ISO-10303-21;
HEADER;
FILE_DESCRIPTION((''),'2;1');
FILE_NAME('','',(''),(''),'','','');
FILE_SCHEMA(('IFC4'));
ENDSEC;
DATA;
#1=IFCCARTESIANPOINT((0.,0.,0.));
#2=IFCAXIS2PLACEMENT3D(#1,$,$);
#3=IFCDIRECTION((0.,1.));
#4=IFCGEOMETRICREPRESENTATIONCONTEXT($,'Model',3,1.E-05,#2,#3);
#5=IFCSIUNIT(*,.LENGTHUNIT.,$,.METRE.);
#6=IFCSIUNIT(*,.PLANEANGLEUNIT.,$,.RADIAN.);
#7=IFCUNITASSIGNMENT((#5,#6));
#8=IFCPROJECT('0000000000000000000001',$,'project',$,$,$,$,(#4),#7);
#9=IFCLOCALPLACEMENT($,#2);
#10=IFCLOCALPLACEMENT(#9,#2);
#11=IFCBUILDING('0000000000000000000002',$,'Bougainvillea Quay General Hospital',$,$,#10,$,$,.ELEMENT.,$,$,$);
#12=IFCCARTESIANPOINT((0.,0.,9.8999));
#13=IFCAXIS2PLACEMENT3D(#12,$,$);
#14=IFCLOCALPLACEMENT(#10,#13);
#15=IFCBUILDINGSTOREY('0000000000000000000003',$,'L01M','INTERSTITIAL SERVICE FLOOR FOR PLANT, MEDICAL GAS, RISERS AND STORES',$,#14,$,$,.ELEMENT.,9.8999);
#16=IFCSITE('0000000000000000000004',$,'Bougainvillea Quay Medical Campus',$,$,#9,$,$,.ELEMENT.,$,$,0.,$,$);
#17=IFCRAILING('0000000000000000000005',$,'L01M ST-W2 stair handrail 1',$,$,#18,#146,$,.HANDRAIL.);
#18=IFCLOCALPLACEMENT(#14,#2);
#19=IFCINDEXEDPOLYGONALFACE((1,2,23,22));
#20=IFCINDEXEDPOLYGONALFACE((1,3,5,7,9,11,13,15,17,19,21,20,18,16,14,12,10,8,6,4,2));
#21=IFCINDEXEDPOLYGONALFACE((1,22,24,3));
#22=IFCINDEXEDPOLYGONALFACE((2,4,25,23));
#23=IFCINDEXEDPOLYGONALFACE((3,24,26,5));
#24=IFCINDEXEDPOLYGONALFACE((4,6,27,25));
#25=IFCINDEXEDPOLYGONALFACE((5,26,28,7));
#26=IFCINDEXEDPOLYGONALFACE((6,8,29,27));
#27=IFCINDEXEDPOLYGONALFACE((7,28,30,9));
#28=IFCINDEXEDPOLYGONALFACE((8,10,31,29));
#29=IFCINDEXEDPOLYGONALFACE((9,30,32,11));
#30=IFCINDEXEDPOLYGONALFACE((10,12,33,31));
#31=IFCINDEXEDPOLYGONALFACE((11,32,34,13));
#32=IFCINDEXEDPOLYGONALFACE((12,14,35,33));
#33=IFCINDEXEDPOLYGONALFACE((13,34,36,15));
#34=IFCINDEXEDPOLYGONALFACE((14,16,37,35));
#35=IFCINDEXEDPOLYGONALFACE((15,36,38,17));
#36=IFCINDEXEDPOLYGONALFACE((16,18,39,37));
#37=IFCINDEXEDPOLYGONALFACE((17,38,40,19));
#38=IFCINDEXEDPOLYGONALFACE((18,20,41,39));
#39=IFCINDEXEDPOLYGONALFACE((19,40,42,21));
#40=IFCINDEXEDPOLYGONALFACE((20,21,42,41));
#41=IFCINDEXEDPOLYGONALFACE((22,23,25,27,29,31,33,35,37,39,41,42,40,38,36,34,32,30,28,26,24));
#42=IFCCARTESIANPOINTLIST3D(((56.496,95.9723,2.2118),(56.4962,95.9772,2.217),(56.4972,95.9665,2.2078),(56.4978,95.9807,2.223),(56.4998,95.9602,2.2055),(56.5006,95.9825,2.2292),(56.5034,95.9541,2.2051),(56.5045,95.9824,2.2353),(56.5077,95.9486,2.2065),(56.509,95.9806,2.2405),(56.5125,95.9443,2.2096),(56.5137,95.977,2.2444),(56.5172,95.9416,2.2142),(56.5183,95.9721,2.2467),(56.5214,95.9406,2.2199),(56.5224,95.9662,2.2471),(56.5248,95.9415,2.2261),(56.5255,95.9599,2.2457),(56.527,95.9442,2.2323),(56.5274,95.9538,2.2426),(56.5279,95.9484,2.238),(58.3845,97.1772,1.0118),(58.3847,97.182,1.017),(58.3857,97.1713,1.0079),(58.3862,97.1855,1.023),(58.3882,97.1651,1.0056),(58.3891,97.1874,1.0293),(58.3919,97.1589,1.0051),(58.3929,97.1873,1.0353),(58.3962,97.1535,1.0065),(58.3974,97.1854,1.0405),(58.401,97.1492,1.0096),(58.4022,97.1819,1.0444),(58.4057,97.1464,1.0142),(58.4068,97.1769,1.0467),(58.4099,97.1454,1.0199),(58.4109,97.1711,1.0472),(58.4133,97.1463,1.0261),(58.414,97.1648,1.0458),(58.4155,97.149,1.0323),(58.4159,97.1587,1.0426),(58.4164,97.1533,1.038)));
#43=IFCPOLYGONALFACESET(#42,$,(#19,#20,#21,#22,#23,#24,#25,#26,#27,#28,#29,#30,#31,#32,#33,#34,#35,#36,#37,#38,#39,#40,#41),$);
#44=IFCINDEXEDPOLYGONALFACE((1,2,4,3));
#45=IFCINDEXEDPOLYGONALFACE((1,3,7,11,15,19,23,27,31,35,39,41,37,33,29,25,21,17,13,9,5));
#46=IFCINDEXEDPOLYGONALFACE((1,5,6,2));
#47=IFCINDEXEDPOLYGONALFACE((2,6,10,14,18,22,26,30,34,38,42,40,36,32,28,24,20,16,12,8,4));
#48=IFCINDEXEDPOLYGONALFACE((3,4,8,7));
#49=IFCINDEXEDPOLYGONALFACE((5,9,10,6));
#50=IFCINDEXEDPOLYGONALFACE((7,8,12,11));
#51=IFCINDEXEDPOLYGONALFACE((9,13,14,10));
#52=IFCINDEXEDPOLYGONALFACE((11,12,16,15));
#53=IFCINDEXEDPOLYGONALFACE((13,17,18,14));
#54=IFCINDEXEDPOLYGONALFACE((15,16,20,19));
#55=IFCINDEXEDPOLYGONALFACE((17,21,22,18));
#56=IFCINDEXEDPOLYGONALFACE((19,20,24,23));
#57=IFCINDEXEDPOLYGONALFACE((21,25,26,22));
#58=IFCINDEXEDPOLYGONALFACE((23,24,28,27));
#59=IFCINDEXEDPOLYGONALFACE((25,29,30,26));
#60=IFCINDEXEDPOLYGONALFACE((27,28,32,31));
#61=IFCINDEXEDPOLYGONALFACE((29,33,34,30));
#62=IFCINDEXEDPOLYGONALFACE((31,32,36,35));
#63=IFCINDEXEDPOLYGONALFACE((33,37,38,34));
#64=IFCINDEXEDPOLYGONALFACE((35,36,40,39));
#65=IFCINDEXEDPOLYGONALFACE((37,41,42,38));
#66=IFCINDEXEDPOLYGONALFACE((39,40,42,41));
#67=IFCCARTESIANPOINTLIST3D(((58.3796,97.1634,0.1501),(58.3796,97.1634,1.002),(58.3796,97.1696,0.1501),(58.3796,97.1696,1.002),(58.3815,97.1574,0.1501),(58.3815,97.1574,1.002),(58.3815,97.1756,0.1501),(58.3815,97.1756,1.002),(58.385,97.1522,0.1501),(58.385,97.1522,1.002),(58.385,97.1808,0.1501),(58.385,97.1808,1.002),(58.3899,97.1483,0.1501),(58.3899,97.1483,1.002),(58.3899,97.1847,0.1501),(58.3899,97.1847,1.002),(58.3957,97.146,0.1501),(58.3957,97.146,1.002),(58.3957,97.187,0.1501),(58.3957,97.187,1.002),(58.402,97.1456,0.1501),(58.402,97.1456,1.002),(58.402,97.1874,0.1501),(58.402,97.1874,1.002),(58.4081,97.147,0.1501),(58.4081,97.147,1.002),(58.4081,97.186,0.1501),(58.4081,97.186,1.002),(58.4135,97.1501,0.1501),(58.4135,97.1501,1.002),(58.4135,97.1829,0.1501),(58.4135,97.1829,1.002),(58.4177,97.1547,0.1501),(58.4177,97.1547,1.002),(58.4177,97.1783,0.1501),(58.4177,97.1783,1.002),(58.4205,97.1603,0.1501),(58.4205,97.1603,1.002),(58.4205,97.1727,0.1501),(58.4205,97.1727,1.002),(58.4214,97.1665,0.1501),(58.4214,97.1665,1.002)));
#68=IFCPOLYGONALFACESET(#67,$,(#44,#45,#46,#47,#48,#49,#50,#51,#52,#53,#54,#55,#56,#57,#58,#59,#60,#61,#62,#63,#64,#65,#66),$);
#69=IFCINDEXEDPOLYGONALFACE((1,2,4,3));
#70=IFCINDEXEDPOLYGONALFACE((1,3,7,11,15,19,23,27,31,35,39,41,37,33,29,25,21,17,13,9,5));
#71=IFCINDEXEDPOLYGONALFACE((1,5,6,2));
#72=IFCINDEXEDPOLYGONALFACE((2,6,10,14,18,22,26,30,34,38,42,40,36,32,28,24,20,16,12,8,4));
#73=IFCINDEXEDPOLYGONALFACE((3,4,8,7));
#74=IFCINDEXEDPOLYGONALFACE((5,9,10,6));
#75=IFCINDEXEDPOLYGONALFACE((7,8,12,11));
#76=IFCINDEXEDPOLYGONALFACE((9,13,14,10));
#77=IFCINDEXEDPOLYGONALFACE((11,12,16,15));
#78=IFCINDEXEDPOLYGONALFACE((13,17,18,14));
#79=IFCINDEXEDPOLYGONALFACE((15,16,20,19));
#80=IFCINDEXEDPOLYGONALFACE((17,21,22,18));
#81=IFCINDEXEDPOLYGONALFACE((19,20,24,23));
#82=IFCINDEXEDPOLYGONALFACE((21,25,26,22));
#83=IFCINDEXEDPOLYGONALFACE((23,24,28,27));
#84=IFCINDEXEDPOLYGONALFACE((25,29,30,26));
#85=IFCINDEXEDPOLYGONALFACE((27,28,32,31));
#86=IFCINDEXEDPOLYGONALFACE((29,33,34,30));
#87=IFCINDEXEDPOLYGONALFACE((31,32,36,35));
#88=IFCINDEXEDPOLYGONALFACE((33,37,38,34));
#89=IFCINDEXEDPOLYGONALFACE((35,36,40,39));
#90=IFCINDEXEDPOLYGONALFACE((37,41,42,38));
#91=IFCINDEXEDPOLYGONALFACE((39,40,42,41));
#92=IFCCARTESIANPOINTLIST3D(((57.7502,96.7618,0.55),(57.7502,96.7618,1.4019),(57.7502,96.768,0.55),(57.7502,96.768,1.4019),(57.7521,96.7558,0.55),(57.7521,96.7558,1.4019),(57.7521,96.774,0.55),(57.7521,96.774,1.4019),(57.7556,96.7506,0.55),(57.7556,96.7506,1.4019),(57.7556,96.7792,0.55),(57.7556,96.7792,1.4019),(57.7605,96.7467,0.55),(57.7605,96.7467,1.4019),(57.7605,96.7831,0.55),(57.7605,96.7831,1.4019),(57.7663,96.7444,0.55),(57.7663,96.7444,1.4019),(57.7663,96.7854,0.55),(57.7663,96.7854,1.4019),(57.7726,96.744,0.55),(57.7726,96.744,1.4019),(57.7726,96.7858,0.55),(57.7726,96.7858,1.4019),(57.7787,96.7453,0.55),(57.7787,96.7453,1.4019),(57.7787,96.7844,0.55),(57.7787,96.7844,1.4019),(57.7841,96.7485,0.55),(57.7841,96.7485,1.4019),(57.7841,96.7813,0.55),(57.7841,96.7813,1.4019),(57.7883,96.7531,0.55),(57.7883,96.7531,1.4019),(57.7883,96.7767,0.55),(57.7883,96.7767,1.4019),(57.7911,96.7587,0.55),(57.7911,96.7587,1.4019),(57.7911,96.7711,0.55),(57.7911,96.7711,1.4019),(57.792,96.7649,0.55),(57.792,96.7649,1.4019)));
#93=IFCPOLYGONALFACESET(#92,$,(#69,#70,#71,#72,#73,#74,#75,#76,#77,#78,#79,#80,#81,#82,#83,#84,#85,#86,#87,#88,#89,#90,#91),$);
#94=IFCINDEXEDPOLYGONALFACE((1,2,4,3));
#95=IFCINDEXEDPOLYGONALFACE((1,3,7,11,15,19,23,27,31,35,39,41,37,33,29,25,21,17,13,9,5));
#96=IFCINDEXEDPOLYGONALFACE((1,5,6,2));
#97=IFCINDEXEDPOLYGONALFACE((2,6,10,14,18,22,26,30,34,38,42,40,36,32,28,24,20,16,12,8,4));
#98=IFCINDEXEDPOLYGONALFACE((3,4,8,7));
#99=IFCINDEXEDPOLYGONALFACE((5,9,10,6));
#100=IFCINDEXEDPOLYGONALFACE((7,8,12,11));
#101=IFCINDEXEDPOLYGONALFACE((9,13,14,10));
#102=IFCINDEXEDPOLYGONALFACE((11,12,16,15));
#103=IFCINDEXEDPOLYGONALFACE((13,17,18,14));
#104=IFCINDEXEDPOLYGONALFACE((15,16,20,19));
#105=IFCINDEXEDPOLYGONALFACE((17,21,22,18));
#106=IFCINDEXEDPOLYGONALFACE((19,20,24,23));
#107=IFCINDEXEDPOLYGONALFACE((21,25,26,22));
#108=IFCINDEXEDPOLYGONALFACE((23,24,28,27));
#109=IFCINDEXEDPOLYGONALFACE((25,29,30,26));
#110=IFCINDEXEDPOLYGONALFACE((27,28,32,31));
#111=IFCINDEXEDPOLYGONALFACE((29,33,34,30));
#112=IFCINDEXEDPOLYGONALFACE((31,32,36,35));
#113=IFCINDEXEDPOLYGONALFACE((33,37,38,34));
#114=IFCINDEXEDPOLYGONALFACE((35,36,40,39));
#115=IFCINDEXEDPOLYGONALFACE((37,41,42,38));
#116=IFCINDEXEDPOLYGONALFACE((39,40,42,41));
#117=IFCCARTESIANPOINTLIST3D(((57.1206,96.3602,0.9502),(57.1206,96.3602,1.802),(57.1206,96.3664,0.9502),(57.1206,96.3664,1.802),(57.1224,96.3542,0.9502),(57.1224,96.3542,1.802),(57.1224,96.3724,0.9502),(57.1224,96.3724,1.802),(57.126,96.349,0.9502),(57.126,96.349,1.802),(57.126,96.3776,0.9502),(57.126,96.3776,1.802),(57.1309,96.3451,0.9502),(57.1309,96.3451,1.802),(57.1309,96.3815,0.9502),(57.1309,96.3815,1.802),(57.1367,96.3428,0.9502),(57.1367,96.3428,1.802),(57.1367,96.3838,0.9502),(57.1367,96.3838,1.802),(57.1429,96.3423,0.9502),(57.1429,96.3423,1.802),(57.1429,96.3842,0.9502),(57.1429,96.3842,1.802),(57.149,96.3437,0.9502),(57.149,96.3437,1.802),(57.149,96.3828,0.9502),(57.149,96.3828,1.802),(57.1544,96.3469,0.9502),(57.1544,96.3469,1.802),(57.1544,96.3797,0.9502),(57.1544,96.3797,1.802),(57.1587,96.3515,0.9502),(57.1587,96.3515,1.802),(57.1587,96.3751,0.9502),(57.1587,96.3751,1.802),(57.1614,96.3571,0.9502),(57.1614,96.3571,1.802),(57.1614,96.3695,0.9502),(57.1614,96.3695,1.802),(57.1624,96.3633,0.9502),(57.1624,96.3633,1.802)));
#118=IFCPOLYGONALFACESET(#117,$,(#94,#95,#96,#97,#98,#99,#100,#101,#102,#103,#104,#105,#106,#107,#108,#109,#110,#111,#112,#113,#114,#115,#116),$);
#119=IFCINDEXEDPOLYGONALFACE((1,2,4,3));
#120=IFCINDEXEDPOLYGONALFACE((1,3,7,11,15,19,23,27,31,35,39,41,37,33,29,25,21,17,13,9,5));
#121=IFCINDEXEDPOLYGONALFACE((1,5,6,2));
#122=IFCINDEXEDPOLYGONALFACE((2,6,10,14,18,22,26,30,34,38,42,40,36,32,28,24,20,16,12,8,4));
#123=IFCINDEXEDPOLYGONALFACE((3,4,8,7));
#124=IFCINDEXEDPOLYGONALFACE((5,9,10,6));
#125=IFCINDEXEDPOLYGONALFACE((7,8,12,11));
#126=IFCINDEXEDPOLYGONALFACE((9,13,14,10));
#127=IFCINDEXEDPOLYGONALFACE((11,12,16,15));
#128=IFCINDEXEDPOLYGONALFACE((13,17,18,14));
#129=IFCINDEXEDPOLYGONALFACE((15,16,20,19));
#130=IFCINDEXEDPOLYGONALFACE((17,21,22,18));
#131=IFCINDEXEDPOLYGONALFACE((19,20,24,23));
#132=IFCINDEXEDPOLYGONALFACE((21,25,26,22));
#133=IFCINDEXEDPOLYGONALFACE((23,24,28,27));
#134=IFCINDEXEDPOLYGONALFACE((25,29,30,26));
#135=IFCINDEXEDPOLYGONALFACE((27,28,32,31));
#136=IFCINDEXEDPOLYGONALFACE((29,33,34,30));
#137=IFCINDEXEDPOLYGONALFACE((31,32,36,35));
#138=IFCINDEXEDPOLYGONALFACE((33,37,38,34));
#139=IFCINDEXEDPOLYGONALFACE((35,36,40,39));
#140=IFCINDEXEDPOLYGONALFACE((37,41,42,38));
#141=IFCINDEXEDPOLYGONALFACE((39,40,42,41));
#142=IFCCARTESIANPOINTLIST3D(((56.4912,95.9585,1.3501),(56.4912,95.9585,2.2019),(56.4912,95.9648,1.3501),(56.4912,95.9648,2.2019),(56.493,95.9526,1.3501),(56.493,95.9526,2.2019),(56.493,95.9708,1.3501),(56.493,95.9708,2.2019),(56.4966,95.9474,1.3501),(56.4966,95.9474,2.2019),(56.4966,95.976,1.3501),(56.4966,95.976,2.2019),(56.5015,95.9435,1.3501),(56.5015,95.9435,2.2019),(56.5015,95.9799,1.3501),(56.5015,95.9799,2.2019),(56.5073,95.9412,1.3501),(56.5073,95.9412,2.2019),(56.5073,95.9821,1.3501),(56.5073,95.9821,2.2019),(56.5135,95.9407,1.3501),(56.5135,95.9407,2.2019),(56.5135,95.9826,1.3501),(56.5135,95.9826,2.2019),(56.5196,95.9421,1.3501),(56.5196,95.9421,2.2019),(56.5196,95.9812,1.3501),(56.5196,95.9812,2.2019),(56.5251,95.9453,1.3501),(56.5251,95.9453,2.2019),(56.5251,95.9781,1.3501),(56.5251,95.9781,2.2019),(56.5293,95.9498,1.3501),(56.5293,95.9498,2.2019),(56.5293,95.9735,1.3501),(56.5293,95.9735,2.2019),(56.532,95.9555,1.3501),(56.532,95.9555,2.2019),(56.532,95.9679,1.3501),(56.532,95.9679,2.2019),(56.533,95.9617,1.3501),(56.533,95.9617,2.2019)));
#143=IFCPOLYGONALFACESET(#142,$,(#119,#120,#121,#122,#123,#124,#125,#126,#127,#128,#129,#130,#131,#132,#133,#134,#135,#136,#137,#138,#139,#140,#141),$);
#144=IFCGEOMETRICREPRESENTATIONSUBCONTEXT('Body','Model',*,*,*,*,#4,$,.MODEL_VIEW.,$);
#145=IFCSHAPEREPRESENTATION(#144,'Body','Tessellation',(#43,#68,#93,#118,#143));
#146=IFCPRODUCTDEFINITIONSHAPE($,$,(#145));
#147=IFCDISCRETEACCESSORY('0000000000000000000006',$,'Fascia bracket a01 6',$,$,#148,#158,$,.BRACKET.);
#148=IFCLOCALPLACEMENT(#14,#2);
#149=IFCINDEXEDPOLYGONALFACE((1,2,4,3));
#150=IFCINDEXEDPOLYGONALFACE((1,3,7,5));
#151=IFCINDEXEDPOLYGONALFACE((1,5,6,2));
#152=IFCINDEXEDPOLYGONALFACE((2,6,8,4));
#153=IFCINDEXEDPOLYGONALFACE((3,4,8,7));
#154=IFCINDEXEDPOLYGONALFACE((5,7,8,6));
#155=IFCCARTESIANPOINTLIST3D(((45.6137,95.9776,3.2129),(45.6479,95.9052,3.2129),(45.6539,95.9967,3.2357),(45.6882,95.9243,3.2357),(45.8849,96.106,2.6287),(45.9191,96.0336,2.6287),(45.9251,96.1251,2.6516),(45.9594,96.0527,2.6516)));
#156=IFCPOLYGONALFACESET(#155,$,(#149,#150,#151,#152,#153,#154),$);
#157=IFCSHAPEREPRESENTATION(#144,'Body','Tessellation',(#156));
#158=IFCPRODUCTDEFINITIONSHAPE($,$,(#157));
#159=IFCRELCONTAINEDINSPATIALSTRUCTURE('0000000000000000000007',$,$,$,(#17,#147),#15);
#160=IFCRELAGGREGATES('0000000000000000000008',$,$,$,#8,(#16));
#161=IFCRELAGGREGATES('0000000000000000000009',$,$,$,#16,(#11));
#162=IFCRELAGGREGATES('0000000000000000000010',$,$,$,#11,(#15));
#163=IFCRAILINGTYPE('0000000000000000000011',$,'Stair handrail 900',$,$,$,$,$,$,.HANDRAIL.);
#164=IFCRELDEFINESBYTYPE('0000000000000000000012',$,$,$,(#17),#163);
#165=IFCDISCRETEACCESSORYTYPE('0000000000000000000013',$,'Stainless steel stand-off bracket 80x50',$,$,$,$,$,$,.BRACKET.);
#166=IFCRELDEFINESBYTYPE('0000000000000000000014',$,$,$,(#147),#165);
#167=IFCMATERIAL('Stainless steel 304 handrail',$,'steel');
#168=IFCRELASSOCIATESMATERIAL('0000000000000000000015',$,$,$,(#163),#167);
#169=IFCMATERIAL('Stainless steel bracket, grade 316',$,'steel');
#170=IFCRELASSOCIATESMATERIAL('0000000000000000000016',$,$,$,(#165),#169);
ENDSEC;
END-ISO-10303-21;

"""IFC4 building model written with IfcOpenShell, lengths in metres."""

from ifc_helpers import new_model, si_unit, direction, frame, origin, origin_2d, place, context, subcontext, project, spatial, rectangle, circle, extrude, material, material_profile, profile_set, type_object, element, save


model = new_model("IFC4")

# Units and contexts
model_context = context("Model", 3, precision=1e-05, world=origin(), true_north=direction((0.0, 1.0)))
body_context = subcontext(model_context, "Body", "Model", "MODEL_VIEW")
ifc_project = project(units=[si_unit("LENGTHUNIT", "METRE"), si_unit("PLANEANGLEUNIT", "RADIAN")], contexts=[model_context])

# Site, building, storey
site_placement = place(None, origin())
site = spatial("IfcSite", under=ifc_project, at=site_placement, Name="Bougainvillea Quay Medical Campus", CompositionType="ELEMENT", RefElevation=0.0)
building_placement = place(site_placement, origin())
building = spatial("IfcBuilding", under=site, at=building_placement, Name="Bougainvillea Quay General Hospital", CompositionType="ELEMENT")
storey_placement = place(building_placement, frame((0.0, 0.0, 9.8999)))
storey = spatial("IfcBuildingStorey", under=building, at=storey_placement, Name="L01M", Description="INTERSTITIAL SERVICE FLOOR FOR PLANT, MEDICAL GAS, RISERS AND STORES", CompositionType="ELEMENT", Elevation=9.8999)

# Railing
ifc_material_1 = material(Name="Stainless steel 304 handrail", Category="steel")
railing_type = type_object("IfcRailingType", Name="Stair handrail 900", PredefinedType="HANDRAIL", material=ifc_material_1)
railing_placement = place(storey_placement, frame((58.4004, 97.1665, 0.1501)))
element("IfcRailing", 1, at=railing_placement, inside=storey, type_object=railing_type, Name="L01M ST-W2 stair handrail 1", PredefinedType="HANDRAIL", context=body_context, shape_type="SweptSolid", body=[
    extrude(circle(Radius=0.0239, at=origin_2d()), frame((0.0, 0.0, 0.876), z_axis=(-0.743126, -0.474121, 0.4722), x_axis=(0.537862, -0.843033, 0.0)), (0.0, 0.0, 1.0), 2.5413),
    extrude(circle(Radius=0.021, at=origin_2d()), origin(), (0.0, 0.0, 1.0), 0.8518),
    extrude(circle(Radius=0.021, at=origin_2d()), frame((-0.6294, -0.4016, 0.3999)), (0.0, 0.0, 1.0), 0.8518),
    extrude(circle(Radius=0.021, at=origin_2d()), frame((-1.259, -0.8032, 0.8)), (0.0, 0.0, 1.0), 0.8518),
    extrude(circle(Radius=0.021, at=origin_2d()), frame((-1.8884, -1.2048, 1.2)), (0.0, 0.0, 1.0), 0.8518),
])

# Discrete accessory
ifc_material_2 = material(Name="Stainless steel bracket, grade 316", Category="steel")
ifc_material_profile_1 = material_profile(ifc_material_2, rectangle(XDim=0.0801, YDim=0.05, at=origin_2d()))
ifc_profile_set_1 = profile_set([ifc_material_profile_1], Name="Stainless steel bracket, grade 316")
discrete_accessory_type = type_object("IfcDiscreteAccessoryType", Name="Stainless steel stand-off bracket 80x50", PredefinedType="BRACKET", material=ifc_profile_set_1)
discrete_accessory_placement = place(storey_placement, frame((45.9221, 96.0793, 2.6401), z_axis=(-0.412973, -0.195521, 0.889508), x_axis=(0.427911, -0.903821, 0.0)))
element("IfcDiscreteAccessory", 2, at=discrete_accessory_placement, inside=storey, type_object=discrete_accessory_type, Name="Fascia bracket a01 6", PredefinedType="BRACKET", context=body_context, shape_type="SweptSolid", body=[
    extrude(rectangle(XDim=0.0801, YDim=0.05, at=origin_2d()), origin(), (0.0, 0.0, 1.0), 0.6567),
])

save(model, "model.ifc")
